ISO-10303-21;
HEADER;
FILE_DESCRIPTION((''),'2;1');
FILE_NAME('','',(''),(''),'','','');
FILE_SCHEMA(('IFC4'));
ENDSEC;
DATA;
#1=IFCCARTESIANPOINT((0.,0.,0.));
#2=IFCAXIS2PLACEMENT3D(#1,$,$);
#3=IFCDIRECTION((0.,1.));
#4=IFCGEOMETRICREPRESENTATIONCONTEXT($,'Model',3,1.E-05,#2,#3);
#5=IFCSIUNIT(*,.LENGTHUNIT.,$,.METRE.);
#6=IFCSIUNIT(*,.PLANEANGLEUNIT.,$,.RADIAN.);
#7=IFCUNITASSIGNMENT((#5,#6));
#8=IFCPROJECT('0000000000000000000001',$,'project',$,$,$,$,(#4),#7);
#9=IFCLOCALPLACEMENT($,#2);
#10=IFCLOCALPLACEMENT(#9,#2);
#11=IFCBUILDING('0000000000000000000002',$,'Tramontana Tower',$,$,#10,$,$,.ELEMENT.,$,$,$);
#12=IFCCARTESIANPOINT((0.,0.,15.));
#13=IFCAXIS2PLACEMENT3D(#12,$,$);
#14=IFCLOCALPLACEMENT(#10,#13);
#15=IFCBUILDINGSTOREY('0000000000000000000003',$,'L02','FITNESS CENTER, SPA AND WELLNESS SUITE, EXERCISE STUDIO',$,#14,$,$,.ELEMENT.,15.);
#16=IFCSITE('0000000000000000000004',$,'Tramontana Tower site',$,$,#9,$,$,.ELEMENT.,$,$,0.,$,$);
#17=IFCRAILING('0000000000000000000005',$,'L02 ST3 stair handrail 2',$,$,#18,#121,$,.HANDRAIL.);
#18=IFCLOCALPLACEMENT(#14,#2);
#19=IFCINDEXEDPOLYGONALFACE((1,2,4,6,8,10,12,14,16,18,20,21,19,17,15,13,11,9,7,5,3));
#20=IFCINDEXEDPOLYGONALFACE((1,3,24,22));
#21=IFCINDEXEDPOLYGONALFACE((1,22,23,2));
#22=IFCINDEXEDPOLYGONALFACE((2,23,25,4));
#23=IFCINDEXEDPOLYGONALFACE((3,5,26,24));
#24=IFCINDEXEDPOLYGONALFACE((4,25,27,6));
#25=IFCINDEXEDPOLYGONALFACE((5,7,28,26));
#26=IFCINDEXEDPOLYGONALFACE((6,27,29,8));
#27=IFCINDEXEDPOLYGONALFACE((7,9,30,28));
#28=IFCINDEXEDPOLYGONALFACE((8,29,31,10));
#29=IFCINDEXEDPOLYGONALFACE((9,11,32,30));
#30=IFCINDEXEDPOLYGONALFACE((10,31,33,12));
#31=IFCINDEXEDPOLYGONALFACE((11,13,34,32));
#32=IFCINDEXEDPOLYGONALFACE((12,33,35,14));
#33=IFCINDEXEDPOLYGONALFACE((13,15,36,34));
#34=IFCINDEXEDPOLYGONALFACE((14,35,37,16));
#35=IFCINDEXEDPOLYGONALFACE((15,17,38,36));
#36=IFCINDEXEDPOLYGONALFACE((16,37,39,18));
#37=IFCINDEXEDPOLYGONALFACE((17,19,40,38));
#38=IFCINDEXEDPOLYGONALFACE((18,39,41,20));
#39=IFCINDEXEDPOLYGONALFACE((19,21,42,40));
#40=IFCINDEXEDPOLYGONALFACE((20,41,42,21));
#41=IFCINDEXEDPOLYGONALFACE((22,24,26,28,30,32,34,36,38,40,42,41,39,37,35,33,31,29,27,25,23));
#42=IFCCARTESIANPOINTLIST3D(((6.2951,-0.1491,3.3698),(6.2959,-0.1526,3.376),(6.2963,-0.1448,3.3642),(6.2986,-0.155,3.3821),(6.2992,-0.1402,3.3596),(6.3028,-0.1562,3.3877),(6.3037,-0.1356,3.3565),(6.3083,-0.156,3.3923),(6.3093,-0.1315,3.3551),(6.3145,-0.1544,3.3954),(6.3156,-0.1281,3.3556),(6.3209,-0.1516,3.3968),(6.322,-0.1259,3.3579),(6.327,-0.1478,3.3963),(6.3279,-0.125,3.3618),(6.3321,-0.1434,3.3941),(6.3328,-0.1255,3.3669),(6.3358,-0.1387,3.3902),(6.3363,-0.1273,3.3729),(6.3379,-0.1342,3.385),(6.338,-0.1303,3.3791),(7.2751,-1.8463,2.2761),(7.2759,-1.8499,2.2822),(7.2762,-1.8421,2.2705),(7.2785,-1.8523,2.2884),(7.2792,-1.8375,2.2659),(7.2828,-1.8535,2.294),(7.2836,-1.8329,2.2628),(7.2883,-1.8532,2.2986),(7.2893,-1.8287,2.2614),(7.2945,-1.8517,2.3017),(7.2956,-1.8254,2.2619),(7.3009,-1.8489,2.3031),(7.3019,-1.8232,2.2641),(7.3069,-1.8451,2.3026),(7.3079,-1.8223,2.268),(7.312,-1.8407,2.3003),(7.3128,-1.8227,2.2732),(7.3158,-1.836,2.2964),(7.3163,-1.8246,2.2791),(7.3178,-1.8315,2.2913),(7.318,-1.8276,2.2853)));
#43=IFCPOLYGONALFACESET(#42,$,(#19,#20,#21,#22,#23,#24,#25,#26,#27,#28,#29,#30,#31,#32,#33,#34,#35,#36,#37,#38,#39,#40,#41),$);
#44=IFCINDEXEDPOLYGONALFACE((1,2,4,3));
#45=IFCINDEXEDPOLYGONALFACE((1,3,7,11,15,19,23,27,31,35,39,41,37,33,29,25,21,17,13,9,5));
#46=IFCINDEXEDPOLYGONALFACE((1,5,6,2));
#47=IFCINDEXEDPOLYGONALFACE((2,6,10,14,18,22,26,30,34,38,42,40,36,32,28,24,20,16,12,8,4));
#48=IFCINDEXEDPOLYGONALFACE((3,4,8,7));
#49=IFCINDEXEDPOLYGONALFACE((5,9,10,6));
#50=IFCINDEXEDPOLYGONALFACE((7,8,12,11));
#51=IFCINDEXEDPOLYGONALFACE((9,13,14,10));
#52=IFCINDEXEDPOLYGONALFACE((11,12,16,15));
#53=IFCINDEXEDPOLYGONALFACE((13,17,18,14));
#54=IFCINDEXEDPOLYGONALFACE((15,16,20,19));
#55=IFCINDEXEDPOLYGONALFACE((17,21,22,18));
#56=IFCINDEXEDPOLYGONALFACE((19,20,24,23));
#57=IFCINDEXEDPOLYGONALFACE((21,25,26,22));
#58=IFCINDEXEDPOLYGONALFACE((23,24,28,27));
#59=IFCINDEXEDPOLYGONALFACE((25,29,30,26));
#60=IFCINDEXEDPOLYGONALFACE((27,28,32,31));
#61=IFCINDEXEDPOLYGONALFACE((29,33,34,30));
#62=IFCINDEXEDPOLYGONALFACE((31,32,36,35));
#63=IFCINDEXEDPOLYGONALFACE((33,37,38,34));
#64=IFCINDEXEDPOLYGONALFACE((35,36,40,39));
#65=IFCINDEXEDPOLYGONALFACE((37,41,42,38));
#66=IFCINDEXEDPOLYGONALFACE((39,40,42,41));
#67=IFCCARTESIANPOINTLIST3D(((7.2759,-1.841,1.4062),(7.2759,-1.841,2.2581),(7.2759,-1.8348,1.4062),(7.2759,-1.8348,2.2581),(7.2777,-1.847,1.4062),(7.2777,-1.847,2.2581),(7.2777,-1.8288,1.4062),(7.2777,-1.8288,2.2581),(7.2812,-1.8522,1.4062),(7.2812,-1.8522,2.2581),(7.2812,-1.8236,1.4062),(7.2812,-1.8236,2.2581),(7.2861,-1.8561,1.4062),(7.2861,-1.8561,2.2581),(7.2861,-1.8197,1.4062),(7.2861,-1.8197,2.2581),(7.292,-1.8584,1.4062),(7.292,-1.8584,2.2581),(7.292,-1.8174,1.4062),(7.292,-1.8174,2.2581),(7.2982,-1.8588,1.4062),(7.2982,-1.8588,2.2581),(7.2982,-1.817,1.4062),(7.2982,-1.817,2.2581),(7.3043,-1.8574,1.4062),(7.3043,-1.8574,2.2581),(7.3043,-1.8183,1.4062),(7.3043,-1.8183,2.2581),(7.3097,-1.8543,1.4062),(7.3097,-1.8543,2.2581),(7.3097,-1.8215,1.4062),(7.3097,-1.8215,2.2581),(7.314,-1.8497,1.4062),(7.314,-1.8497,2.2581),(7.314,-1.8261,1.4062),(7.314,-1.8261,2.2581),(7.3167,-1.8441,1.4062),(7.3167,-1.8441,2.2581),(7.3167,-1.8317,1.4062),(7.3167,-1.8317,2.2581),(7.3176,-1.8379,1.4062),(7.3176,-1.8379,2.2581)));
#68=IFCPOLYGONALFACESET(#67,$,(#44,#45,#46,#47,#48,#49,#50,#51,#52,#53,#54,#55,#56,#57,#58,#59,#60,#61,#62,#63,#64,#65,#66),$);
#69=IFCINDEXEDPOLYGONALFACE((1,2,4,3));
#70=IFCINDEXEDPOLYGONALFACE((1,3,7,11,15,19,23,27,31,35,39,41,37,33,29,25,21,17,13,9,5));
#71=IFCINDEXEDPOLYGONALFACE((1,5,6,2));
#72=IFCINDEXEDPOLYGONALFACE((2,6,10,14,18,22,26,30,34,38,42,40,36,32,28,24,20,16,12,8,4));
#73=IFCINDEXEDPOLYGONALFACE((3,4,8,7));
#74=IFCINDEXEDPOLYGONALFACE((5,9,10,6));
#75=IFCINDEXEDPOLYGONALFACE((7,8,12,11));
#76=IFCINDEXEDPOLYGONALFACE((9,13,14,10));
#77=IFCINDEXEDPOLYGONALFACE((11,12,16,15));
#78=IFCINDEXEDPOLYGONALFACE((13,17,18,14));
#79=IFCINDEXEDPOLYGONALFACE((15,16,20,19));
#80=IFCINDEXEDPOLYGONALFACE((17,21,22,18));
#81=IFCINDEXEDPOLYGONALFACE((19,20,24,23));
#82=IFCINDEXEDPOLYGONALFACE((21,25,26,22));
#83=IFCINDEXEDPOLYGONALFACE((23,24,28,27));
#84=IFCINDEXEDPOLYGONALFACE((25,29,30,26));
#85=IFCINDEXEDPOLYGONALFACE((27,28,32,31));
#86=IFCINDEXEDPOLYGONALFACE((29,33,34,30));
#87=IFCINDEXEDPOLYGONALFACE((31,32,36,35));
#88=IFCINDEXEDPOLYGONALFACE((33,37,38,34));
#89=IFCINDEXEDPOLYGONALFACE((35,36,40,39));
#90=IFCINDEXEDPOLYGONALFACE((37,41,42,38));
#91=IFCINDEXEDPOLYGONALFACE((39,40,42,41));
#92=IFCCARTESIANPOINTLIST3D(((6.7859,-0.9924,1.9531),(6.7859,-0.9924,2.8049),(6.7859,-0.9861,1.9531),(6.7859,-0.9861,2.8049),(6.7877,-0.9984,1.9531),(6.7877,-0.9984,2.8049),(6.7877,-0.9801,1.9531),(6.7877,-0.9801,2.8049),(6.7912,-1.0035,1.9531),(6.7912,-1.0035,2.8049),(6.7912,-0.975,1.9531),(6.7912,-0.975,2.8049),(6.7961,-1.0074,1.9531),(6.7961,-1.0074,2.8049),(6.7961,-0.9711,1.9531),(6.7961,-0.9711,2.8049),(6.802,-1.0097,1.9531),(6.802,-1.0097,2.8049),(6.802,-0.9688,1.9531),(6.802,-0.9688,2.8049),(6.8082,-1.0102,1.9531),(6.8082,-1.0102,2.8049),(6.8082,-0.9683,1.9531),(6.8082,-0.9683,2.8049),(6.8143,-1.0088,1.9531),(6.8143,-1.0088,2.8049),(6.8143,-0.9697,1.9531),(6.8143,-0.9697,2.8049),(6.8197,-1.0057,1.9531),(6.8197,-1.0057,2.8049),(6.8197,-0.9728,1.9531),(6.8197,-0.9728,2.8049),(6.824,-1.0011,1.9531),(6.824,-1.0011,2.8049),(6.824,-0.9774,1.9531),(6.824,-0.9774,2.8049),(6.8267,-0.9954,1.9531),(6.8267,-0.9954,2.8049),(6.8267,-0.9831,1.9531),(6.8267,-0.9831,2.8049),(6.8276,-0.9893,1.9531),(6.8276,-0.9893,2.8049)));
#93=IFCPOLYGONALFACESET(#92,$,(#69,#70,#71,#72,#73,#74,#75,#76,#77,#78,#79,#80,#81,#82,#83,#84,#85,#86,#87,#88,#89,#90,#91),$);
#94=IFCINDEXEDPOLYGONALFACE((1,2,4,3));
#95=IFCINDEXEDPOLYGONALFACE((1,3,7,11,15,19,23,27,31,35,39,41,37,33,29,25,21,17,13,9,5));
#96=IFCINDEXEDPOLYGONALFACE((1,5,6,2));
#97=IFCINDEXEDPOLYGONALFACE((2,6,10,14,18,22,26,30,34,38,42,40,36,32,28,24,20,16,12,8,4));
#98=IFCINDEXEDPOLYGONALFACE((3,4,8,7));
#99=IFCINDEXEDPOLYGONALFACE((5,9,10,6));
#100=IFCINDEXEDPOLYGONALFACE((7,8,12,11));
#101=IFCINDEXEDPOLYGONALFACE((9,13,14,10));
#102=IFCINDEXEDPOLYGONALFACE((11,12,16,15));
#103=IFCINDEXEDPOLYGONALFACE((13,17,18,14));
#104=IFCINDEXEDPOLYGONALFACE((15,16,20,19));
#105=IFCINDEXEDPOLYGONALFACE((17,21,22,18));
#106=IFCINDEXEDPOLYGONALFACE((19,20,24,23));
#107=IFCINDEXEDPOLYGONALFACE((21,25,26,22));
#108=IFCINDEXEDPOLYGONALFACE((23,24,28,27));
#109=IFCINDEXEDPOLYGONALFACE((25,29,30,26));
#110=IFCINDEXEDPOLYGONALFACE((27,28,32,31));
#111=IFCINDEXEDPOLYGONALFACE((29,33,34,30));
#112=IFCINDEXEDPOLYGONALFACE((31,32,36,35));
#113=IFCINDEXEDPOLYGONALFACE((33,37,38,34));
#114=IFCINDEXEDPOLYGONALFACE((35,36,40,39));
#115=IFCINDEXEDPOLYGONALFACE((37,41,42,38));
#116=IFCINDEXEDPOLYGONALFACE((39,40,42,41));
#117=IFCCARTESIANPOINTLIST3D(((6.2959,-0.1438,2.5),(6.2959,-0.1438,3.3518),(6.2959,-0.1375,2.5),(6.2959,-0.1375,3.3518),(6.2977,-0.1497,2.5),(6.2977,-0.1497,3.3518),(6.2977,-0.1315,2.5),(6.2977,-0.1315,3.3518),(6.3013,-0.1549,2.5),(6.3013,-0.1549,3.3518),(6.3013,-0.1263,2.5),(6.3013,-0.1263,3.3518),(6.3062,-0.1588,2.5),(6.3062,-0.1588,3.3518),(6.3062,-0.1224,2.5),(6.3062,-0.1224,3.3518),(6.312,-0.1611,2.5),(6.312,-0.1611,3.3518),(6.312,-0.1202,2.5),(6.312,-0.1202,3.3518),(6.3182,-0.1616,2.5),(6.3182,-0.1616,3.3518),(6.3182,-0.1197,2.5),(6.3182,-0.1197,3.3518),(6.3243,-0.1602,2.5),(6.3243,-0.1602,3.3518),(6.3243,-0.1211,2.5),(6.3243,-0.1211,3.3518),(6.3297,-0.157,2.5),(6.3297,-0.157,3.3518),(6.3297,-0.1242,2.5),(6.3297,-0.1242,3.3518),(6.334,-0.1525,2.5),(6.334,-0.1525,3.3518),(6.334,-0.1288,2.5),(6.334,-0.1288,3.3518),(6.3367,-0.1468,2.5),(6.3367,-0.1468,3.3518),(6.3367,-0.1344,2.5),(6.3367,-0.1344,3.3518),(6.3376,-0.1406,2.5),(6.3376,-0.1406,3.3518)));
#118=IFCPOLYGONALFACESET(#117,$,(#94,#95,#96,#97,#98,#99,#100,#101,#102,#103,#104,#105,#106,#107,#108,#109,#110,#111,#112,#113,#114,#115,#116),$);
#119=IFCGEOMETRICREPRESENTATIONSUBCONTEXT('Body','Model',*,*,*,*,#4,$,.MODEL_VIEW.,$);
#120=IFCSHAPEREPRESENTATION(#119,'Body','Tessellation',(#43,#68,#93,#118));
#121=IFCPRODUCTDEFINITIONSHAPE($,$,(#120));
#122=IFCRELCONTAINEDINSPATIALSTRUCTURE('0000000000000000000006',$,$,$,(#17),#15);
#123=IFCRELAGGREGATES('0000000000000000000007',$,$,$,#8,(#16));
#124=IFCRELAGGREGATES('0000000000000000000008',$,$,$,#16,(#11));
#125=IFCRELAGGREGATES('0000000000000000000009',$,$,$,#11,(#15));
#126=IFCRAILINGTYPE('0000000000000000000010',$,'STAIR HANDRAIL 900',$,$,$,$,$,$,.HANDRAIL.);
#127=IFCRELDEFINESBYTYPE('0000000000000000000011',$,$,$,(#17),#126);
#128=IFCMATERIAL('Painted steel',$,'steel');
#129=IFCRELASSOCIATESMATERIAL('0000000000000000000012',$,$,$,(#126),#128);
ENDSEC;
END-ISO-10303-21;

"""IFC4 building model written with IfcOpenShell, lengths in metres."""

from ifc_helpers import new_model, si_unit, direction, frame, origin, origin_2d, place, context, subcontext, project, spatial, circle, extrude, material, type_object, element, save


model = new_model("IFC4")

# Units and contexts
model_context = context("Model", 3, precision=1e-05, world=origin(), true_north=direction((0.0, 1.0)))
body_context = subcontext(model_context, "Body", "Model", "MODEL_VIEW")
ifc_project = project(units=[si_unit("LENGTHUNIT", "METRE"), si_unit("PLANEANGLEUNIT", "RADIAN")], contexts=[model_context])

# Site, building, storey
site_placement = place(None, origin())
site = spatial("IfcSite", under=ifc_project, at=site_placement, Name="Tramontana Tower site", CompositionType="ELEMENT", RefElevation=0.0)
building_placement = place(site_placement, origin())
building = spatial("IfcBuilding", under=site, at=building_placement, Name="Tramontana Tower", CompositionType="ELEMENT")
storey_placement = place(building_placement, frame((0.0, 0.0, 15.0)))
storey = spatial("IfcBuildingStorey", under=building, at=storey_placement, Name="L02", Description="FITNESS CENTER, SPA AND WELLNESS SUITE, EXERCISE STUDIO", CompositionType="ELEMENT", Elevation=15.0)

# Railing
ifc_material_1 = material(Name="Painted steel", Category="steel")
railing_type_1 = type_object("IfcRailingType", Name="STAIR HANDRAIL 900", PredefinedType="HANDRAIL", material=ifc_material_1)
railing_1_placement = place(storey_placement, frame((7.2966, -1.8379, 1.4062)))
element("IfcRailing", 1, at=railing_1_placement, inside=storey, type_object=railing_type_1, Name="L02 ST3 stair handrail 2", PredefinedType="HANDRAIL", context=body_context, shape_type="SweptSolid", body=[
    extrude(circle(Radius=0.0239, at=origin_2d()), frame((0.0, 0.0, 0.876), z_axis=(-0.436632, 0.75622, 0.487323), x_axis=(-0.866011, -0.500024, 0.0)), (0.0, 0.0, 1.0), 2.2444),
    extrude(circle(Radius=0.021, at=origin_2d()), origin(), (0.0, 0.0, 1.0), 0.8518),
    extrude(circle(Radius=0.021, at=origin_2d()), frame((-0.49, 0.8486, 0.5469)), (0.0, 0.0, 1.0), 0.8518),
    extrude(circle(Radius=0.021, at=origin_2d()), frame((-0.98, 1.6973, 1.0938)), (0.0, 0.0, 1.0), 0.8518),
])

save(model, "model.ifc")
